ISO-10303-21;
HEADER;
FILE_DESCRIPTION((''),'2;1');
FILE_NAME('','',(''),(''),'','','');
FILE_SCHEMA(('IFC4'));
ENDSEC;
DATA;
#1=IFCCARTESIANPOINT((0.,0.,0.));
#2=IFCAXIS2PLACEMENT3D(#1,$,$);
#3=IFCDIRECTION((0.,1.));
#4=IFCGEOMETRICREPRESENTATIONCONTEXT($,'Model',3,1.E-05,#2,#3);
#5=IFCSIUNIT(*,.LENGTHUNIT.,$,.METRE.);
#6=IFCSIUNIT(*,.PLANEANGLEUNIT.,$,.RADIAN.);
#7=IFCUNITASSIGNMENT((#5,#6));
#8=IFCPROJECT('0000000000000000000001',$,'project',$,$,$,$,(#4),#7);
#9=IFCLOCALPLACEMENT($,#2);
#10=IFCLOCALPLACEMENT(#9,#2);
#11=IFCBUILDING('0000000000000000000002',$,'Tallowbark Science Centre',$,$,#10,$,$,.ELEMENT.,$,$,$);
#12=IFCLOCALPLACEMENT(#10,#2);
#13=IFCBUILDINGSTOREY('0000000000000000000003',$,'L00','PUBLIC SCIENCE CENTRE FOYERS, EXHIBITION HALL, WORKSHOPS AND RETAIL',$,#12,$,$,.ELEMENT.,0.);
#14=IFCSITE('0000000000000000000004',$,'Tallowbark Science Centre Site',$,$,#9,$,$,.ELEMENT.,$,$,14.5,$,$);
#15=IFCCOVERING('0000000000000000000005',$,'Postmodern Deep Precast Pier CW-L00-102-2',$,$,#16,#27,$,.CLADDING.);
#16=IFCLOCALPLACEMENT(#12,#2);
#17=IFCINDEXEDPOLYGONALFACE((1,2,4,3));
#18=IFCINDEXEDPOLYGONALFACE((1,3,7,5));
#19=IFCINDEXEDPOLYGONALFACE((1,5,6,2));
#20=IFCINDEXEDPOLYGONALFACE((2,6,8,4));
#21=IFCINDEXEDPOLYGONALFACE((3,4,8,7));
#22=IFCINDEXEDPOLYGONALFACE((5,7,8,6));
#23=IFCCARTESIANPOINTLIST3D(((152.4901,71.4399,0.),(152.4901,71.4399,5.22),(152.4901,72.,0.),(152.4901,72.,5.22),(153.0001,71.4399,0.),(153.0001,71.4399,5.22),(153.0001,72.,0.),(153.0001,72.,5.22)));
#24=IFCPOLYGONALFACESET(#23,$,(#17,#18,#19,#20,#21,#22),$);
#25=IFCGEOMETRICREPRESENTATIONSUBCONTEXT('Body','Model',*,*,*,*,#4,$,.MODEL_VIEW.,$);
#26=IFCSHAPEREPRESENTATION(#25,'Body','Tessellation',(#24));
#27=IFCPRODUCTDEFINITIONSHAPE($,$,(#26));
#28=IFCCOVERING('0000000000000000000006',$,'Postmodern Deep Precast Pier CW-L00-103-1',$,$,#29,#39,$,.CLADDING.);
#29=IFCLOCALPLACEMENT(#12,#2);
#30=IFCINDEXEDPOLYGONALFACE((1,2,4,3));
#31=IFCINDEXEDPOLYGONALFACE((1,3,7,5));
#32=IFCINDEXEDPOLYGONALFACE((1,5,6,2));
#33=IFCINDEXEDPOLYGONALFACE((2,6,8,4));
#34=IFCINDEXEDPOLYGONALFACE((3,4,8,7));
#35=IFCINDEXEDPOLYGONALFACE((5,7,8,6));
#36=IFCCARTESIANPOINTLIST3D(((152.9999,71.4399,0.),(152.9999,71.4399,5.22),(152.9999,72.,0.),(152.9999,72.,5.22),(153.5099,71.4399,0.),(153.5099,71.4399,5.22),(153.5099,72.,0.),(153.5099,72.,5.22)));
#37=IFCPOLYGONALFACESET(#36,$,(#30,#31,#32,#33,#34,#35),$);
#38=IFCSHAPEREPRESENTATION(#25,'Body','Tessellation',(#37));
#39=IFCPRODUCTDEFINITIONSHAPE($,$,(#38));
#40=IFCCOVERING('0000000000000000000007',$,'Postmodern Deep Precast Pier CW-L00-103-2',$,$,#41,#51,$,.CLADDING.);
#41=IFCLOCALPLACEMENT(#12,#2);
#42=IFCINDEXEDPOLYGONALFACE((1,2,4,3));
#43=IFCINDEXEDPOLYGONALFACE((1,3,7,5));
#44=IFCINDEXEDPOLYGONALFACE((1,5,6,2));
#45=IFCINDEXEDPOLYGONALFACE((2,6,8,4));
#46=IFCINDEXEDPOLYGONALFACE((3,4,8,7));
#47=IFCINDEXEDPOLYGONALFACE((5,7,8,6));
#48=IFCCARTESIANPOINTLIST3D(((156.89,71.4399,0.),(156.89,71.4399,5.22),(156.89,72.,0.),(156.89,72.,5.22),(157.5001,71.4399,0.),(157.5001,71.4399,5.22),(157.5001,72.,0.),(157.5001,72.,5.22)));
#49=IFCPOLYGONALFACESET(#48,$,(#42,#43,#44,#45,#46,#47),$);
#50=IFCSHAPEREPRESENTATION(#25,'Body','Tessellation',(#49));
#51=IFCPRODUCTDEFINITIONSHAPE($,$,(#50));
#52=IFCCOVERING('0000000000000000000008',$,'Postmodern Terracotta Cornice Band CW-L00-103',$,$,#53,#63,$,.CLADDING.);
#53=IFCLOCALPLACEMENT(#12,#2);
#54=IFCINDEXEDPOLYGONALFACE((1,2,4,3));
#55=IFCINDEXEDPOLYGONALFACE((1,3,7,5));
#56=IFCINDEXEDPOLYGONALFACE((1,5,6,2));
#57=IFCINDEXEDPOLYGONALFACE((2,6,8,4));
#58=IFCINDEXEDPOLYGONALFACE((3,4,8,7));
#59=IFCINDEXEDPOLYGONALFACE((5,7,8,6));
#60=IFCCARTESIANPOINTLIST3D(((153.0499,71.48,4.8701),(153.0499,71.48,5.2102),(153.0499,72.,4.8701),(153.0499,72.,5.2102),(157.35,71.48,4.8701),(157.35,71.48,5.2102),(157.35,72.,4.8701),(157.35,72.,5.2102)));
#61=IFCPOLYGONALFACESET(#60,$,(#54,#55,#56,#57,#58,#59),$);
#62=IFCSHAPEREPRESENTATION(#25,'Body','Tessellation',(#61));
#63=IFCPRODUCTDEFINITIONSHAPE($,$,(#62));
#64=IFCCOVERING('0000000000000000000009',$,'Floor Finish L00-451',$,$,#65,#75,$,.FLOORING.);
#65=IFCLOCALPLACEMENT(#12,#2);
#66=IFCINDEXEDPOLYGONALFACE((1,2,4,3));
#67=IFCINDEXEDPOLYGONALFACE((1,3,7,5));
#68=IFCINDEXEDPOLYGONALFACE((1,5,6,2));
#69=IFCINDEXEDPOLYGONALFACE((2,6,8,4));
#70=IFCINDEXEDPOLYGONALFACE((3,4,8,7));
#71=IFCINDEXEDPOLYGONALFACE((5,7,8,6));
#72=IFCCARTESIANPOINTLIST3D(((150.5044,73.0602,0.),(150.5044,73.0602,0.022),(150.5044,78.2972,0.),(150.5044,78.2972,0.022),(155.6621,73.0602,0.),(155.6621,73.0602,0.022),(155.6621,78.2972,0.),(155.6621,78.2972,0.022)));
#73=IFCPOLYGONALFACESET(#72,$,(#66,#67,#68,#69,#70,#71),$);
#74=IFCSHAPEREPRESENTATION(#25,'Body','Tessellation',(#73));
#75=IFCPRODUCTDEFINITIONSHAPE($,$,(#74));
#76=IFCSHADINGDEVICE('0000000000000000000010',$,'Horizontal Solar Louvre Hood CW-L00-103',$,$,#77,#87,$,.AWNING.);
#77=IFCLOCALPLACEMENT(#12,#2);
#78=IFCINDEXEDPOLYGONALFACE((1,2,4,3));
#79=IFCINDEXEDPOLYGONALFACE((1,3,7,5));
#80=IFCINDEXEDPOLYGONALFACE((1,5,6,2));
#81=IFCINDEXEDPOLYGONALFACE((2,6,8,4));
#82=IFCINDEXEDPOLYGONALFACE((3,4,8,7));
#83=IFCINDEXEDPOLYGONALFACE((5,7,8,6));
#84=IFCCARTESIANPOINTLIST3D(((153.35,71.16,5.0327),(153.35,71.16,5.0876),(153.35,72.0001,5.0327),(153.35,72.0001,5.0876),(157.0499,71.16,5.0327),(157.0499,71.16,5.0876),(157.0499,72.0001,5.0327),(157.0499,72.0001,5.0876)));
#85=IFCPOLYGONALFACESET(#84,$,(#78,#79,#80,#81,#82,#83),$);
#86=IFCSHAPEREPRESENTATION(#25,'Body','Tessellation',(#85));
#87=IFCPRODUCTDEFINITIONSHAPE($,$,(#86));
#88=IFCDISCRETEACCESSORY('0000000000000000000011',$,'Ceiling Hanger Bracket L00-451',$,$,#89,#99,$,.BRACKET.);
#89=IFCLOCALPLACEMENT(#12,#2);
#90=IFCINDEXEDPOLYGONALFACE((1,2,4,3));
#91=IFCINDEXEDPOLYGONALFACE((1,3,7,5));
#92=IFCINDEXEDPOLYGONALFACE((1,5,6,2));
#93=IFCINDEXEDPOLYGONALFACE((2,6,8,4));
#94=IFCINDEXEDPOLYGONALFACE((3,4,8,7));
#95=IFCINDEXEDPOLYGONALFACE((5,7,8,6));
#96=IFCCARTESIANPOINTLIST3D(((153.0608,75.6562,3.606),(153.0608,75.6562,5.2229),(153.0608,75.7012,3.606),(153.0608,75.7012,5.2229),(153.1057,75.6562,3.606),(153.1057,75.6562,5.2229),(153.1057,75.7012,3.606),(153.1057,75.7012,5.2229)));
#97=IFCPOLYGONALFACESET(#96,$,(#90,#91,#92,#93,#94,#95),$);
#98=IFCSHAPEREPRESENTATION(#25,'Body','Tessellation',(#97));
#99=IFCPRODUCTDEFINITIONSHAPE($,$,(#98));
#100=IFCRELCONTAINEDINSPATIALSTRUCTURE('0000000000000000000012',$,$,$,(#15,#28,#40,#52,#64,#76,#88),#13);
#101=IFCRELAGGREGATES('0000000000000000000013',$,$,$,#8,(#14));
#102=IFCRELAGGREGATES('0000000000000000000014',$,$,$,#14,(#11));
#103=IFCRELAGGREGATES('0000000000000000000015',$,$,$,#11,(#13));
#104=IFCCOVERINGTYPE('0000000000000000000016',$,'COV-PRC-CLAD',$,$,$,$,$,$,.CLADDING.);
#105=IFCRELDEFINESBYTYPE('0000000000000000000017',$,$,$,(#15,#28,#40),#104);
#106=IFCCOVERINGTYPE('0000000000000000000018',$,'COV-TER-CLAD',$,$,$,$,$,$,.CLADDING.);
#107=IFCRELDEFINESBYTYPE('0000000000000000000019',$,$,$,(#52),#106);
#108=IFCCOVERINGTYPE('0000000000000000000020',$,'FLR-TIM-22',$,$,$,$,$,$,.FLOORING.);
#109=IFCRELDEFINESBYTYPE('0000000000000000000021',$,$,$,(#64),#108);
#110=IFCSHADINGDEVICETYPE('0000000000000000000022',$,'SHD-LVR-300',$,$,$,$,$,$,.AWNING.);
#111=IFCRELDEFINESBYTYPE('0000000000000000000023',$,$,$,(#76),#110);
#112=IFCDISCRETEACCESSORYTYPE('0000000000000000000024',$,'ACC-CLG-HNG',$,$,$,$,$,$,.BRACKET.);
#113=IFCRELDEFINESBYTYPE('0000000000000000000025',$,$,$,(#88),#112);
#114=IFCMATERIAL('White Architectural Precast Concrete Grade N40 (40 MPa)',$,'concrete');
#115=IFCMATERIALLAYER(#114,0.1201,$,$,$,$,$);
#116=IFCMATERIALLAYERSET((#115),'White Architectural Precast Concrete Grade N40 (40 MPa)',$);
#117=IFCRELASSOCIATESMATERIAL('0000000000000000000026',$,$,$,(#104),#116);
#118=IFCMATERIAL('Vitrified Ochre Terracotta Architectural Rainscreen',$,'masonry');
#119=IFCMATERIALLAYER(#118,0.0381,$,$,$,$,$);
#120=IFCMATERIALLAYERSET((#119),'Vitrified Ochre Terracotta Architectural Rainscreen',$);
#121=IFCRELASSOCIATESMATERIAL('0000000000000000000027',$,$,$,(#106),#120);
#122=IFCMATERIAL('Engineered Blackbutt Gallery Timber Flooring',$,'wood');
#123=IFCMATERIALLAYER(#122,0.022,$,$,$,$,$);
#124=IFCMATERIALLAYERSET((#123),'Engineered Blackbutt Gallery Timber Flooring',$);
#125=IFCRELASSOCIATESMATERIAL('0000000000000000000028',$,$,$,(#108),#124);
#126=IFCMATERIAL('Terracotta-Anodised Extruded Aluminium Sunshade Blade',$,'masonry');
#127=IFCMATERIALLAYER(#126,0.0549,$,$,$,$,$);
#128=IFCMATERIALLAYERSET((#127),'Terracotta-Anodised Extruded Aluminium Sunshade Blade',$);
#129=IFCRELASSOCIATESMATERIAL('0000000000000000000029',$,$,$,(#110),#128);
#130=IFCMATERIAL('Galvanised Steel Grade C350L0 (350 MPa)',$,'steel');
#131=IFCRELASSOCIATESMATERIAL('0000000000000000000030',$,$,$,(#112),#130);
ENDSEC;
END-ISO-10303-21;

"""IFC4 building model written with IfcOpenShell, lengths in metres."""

from ifc_helpers import new_model, si_unit, direction, frame, origin, origin_2d, place, context, subcontext, project, spatial, rectangle, extrude, material, layer, layer_set, type_object, element, save


model = new_model("IFC4")

# Units and contexts
model_context = context("Model", 3, precision=1e-05, world=origin(), true_north=direction((0.0, 1.0)))
body_context = subcontext(model_context, "Body", "Model", "MODEL_VIEW")
ifc_project = project(units=[si_unit("LENGTHUNIT", "METRE"), si_unit("PLANEANGLEUNIT", "RADIAN")], contexts=[model_context])

# Site, building, storey
site_placement = place(None, origin())
site = spatial("IfcSite", under=ifc_project, at=site_placement, Name="Tallowbark Science Centre Site", CompositionType="ELEMENT", RefElevation=14.5)
building_placement = place(site_placement, origin())
building = spatial("IfcBuilding", under=site, at=building_placement, Name="Tallowbark Science Centre", CompositionType="ELEMENT")
storey_placement = place(building_placement, origin())
storey = spatial("IfcBuildingStorey", under=building, at=storey_placement, Name="L00", Description="PUBLIC SCIENCE CENTRE FOYERS, EXHIBITION HALL, WORKSHOPS AND RETAIL", CompositionType="ELEMENT", Elevation=0.0)

# Coverings
ifc_material_1 = material(Name="White Architectural Precast Concrete Grade N40 (40 MPa)", Category="concrete")
ifc_layer_1 = layer(ifc_material_1, 0.1201)
ifc_layer_set_1 = layer_set([ifc_layer_1], Name="White Architectural Precast Concrete Grade N40 (40 MPa)")
covering_type_1 = type_object("IfcCoveringType", Name="COV-PRC-CLAD", PredefinedType="CLADDING", material=ifc_layer_set_1)
for number, where, z_axis, x_axis, name in (
    (1, (152.7451, 71.72, 0.0), (0.0, 0.0, 1.0), (1.0, 0.0, 0.0), "Postmodern Deep Precast Pier CW-L00-102-2"),
    (2, (153.2549, 71.72, 0.0), (0.0, 0.0, 1.0), (1.0, 0.0, 0.0), "Postmodern Deep Precast Pier CW-L00-103-1"),
):
    element("IfcCovering", number, at=place(storey_placement, frame(where, z_axis=z_axis, x_axis=x_axis)), inside=storey, type_object=covering_type_1, Name=name, PredefinedType="CLADDING", context=body_context, shape_type="SweptSolid", body=[
        extrude(rectangle(XDim=0.51, YDim=0.5601, at=origin_2d()), origin(), (0.0, 0.0, 1.0), 5.22),
    ])
covering_1_placement = place(storey_placement, frame((157.1951, 71.72, 0.0), z_axis=(0.0, 0.0, 1.0), x_axis=(1.0, 0.0, 0.0)))
element("IfcCovering", 3, at=covering_1_placement, inside=storey, type_object=covering_type_1, Name="Postmodern Deep Precast Pier CW-L00-103-2", PredefinedType="CLADDING", context=body_context, shape_type="SweptSolid", body=[
    extrude(rectangle(XDim=0.6101, YDim=0.5601, at=origin_2d()), origin(), (0.0, 0.0, 1.0), 5.22),
])
ifc_material_2 = material(Name="Vitrified Ochre Terracotta Architectural Rainscreen", Category="masonry")
ifc_layer_2 = layer(ifc_material_2, 0.0381)
ifc_layer_set_2 = layer_set([ifc_layer_2], Name="Vitrified Ochre Terracotta Architectural Rainscreen")
covering_type_2 = type_object("IfcCoveringType", Name="COV-TER-CLAD", PredefinedType="CLADDING", material=ifc_layer_set_2)
covering_2_placement = place(storey_placement, frame((155.2, 71.74, 4.8701), z_axis=(0.0, 0.0, 1.0), x_axis=(1.0, 0.0, 0.0)))
element("IfcCovering", 4, at=covering_2_placement, inside=storey, type_object=covering_type_2, Name="Postmodern Terracotta Cornice Band CW-L00-103", PredefinedType="CLADDING", context=body_context, shape_type="SweptSolid", body=[
    extrude(rectangle(XDim=4.3, YDim=0.52, at=origin_2d()), origin(), (0.0, 0.0, 1.0), 0.3401),
])
ifc_material_3 = material(Name="Engineered Blackbutt Gallery Timber Flooring", Category="wood")
ifc_layer_3 = layer(ifc_material_3, 0.022)
ifc_layer_set_3 = layer_set([ifc_layer_3], Name="Engineered Blackbutt Gallery Timber Flooring")
covering_type_3 = type_object("IfcCoveringType", Name="FLR-TIM-22", PredefinedType="FLOORING", material=ifc_layer_set_3)
covering_3_placement = place(storey_placement, frame((153.0833, 75.6787, 0.0), z_axis=(0.0, 0.0, 1.0), x_axis=(1.0, 0.0, 0.0)))
element("IfcCovering", 5, at=covering_3_placement, inside=storey, type_object=covering_type_3, Name="Floor Finish L00-451", PredefinedType="FLOORING", context=body_context, shape_type="SweptSolid", body=[
    extrude(rectangle(XDim=5.1577, YDim=5.2371, at=origin_2d()), origin(), (0.0, 0.0, 1.0), 0.022),
])

# Shading device
ifc_material_4 = material(Name="Terracotta-Anodised Extruded Aluminium Sunshade Blade", Category="masonry")
ifc_layer_4 = layer(ifc_material_4, 0.0549)
ifc_layer_set_4 = layer_set([ifc_layer_4], Name="Terracotta-Anodised Extruded Aluminium Sunshade Blade")
shading_device_type = type_object("IfcShadingDeviceType", Name="SHD-LVR-300", PredefinedType="AWNING", material=ifc_layer_set_4)
shading_device_placement = place(storey_placement, frame((155.2, 71.5801, 5.0327), z_axis=(0.0, 0.0, 1.0), x_axis=(1.0, 0.0, 0.0)))
element("IfcShadingDevice", 6, at=shading_device_placement, inside=storey, type_object=shading_device_type, Name="Horizontal Solar Louvre Hood CW-L00-103", PredefinedType="AWNING", context=body_context, shape_type="SweptSolid", body=[
    extrude(rectangle(XDim=3.7, YDim=0.8401, at=origin_2d()), origin(), (0.0, 0.0, 1.0), 0.0549),
])

# Discrete accessory
ifc_material_5 = material(Name="Galvanised Steel Grade C350L0 (350 MPa)", Category="steel")
discrete_accessory_type = type_object("IfcDiscreteAccessoryType", Name="ACC-CLG-HNG", PredefinedType="BRACKET", material=ifc_material_5)
discrete_accessory_placement = place(storey_placement, frame((153.0833, 75.6787, 3.606), z_axis=(0.0, 0.0, 1.0), x_axis=(1.0, 0.0, 0.0)))
element("IfcDiscreteAccessory", 7, at=discrete_accessory_placement, inside=storey, type_object=discrete_accessory_type, Name="Ceiling Hanger Bracket L00-451", PredefinedType="BRACKET", context=body_context, shape_type="SweptSolid", body=[
    extrude(rectangle(XDim=0.0449, YDim=0.0449, at=origin_2d()), origin(), (0.0, 0.0, 1.0), 1.6169),
])

save(model, "model.ifc")
